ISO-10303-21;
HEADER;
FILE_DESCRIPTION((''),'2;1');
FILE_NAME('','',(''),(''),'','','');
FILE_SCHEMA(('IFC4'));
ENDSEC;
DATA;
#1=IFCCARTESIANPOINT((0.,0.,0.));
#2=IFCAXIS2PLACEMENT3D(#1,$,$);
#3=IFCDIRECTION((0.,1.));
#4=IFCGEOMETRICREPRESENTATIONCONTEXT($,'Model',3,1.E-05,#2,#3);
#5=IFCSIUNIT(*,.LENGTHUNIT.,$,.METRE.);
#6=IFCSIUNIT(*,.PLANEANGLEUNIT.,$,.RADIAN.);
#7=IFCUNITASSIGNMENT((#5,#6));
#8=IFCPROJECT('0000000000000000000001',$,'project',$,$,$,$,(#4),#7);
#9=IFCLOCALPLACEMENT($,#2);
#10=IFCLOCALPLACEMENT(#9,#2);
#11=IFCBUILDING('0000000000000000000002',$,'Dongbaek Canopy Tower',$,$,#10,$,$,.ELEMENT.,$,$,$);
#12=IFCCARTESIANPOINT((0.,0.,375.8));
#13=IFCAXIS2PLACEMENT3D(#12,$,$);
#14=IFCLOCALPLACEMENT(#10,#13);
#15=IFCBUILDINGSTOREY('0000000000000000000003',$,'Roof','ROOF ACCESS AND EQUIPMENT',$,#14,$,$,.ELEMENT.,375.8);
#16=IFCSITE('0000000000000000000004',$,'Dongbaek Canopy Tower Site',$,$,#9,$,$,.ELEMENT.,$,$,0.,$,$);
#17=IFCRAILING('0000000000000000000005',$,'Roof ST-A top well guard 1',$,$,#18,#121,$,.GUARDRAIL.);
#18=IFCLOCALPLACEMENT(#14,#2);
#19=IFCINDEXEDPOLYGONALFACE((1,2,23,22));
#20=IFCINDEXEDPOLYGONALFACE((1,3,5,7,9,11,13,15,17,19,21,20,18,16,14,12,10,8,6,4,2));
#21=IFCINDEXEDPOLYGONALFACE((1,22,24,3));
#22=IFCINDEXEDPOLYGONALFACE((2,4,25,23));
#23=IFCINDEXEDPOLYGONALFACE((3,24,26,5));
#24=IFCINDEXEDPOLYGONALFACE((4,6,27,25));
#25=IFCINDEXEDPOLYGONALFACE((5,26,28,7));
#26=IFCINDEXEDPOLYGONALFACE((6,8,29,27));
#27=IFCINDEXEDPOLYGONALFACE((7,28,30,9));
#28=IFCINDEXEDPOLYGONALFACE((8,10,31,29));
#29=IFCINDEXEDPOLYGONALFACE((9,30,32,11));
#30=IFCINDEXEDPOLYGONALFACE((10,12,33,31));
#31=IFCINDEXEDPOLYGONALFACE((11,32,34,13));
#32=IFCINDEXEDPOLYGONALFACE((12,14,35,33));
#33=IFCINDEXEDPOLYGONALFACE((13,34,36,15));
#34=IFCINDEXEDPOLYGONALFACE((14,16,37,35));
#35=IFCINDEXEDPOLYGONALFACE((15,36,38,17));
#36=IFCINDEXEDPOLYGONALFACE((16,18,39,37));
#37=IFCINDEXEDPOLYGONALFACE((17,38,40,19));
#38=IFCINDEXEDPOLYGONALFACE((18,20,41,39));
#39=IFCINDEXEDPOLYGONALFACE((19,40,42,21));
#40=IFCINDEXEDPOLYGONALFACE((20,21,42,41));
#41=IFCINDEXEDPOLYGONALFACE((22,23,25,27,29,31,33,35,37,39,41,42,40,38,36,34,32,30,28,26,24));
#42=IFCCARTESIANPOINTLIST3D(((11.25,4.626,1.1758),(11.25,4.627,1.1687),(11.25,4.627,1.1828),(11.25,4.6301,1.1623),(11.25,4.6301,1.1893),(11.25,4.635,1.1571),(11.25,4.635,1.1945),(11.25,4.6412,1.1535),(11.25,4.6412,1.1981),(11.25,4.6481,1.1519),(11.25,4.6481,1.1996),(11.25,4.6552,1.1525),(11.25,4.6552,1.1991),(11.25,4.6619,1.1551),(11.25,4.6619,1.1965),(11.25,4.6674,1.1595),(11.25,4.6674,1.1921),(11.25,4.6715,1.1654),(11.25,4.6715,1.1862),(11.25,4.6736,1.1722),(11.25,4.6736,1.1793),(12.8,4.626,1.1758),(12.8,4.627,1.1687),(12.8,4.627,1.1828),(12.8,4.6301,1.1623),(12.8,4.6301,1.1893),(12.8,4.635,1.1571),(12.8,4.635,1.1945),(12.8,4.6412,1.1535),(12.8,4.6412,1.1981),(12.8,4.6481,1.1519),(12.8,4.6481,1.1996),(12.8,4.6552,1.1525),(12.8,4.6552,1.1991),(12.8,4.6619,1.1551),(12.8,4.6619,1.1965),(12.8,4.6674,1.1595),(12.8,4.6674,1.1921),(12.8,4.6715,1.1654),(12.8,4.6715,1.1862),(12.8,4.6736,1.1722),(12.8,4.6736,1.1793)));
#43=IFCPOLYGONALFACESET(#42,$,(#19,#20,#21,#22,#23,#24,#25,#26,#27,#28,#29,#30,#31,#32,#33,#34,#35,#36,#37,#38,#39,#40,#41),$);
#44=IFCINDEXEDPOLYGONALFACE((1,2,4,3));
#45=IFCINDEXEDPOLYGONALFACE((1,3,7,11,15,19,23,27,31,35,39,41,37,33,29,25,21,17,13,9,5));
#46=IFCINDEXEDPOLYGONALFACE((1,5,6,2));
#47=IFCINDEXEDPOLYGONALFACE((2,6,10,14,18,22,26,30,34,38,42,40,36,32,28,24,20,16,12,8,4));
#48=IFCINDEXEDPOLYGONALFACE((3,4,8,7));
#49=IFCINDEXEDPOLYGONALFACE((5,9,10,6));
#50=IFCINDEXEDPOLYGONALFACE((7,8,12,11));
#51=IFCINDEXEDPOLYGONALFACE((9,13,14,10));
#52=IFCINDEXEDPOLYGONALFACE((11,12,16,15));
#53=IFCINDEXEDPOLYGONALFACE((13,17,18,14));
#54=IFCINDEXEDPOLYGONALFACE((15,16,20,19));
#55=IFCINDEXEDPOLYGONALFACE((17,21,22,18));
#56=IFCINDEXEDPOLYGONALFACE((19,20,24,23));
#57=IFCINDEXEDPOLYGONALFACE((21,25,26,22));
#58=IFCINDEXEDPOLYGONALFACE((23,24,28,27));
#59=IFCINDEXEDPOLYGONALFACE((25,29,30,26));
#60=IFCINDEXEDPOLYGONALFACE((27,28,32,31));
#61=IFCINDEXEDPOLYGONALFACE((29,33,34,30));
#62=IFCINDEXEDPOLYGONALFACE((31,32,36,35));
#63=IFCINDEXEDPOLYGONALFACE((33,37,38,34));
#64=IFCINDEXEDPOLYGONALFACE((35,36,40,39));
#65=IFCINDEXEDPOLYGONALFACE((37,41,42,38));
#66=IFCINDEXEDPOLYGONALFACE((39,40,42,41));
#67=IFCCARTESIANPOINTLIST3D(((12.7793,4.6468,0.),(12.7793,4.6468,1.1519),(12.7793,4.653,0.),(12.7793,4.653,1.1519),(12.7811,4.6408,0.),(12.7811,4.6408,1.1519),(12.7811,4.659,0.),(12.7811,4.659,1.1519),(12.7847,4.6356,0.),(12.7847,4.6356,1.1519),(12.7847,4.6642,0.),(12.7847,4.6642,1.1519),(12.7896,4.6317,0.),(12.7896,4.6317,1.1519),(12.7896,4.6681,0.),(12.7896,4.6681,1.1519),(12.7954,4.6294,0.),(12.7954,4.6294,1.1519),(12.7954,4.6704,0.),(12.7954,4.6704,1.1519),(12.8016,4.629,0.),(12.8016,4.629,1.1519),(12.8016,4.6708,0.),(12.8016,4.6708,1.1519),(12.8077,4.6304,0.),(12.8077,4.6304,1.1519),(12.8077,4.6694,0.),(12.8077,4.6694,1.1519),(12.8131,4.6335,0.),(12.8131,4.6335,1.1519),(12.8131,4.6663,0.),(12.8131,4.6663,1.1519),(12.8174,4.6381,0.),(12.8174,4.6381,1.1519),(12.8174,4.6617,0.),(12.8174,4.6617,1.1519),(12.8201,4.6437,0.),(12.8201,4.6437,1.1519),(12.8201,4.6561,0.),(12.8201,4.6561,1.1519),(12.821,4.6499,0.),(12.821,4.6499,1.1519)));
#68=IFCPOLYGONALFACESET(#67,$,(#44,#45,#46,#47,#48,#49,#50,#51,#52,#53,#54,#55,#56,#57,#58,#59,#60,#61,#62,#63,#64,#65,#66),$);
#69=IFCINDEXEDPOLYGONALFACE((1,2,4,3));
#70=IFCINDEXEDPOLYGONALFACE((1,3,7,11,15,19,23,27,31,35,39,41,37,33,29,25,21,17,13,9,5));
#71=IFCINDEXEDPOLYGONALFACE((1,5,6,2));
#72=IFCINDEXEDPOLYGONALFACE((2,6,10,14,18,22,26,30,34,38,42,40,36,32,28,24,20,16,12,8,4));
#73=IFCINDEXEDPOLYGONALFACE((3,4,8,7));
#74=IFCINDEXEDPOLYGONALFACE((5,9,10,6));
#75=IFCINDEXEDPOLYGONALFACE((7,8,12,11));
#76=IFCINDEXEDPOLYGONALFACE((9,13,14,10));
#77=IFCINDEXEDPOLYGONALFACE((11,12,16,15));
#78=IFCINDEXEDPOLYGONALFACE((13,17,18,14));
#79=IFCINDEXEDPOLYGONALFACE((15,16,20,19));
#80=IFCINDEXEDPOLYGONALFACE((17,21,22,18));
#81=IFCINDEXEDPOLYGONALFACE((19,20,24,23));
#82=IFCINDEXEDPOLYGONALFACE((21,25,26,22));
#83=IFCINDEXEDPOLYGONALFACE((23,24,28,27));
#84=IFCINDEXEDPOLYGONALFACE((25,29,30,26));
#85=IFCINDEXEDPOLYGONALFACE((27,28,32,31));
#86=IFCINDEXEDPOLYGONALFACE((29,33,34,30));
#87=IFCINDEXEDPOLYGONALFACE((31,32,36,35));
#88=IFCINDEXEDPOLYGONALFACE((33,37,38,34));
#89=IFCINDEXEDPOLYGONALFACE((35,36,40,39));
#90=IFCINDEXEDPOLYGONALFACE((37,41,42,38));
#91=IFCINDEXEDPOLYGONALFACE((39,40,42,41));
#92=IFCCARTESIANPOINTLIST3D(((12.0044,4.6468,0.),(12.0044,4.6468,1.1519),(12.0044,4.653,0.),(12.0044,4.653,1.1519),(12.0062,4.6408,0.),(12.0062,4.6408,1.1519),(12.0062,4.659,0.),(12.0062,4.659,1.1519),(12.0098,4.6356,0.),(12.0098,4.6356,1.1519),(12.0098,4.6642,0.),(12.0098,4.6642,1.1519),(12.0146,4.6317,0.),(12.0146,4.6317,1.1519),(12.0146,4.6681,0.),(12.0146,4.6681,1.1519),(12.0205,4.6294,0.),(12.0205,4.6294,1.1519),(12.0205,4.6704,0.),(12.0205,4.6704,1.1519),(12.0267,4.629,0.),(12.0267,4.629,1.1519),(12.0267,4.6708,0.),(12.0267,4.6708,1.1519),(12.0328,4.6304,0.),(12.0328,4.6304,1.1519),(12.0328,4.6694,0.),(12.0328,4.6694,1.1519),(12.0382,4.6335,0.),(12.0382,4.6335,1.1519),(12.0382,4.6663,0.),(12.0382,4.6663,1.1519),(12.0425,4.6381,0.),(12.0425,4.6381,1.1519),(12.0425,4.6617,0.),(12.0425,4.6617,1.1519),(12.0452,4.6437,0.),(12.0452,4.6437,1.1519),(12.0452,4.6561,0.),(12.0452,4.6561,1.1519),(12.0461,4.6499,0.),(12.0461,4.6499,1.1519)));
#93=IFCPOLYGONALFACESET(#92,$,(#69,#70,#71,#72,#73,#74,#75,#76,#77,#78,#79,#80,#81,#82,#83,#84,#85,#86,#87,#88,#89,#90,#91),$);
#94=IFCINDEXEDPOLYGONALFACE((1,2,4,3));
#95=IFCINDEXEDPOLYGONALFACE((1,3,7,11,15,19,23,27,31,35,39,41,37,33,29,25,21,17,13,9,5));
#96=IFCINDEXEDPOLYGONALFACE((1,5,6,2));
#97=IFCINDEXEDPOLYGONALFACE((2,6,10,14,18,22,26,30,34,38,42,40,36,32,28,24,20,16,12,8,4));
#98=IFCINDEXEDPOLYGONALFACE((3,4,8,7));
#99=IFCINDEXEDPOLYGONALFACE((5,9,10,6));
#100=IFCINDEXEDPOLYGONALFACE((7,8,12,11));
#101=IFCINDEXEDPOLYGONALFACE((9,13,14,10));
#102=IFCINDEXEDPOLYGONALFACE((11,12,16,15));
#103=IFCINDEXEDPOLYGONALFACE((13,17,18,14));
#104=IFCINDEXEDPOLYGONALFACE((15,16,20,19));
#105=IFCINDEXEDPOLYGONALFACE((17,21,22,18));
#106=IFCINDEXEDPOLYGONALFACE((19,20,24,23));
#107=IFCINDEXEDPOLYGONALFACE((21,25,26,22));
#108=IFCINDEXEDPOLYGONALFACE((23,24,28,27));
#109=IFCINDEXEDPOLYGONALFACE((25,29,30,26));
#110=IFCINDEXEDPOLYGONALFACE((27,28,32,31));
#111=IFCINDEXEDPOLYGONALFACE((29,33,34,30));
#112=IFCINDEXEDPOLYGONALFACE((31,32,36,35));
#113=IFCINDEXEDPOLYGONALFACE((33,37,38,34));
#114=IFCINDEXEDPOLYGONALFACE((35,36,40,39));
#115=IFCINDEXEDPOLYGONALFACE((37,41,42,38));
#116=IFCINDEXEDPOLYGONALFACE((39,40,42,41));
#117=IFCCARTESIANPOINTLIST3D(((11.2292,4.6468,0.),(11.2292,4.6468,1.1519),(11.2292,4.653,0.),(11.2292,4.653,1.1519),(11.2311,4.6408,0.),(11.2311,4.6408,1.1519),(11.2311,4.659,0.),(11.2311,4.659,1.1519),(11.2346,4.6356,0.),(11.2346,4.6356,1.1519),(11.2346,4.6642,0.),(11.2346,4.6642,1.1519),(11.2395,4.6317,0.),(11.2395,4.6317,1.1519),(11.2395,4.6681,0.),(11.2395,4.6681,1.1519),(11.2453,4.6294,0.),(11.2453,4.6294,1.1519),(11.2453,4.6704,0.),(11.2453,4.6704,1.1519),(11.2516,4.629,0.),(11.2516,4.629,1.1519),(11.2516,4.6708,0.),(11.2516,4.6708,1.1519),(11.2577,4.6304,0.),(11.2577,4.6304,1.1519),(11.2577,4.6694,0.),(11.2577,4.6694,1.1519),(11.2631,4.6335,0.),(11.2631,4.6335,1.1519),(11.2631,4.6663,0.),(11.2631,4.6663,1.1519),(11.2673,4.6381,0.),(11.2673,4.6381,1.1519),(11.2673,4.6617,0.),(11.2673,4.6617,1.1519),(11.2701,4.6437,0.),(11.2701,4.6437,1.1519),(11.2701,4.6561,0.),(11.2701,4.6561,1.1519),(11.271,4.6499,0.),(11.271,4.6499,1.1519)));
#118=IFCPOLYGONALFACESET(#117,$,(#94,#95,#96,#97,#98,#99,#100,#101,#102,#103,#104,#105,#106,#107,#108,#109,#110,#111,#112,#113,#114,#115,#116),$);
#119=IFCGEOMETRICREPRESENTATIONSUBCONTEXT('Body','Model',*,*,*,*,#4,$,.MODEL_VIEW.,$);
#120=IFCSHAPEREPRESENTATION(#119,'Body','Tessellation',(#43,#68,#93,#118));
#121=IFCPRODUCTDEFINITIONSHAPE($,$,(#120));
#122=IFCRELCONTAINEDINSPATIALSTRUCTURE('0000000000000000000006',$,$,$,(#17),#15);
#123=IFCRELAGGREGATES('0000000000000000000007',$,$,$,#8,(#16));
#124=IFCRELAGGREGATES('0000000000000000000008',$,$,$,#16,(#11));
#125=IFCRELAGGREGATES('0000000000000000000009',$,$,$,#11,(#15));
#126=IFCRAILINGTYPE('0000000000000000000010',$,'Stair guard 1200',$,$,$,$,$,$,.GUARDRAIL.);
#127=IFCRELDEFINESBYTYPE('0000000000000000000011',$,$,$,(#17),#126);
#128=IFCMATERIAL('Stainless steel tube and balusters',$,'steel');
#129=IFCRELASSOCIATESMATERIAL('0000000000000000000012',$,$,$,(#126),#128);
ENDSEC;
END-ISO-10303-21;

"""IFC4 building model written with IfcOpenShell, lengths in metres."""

from ifc_helpers import new_model, si_unit, direction, frame, origin, origin_2d, place, context, subcontext, project, spatial, circle, extrude, material, type_object, element, save


model = new_model("IFC4")

# Units and contexts
model_context = context("Model", 3, precision=1e-05, world=origin(), true_north=direction((0.0, 1.0)))
body_context = subcontext(model_context, "Body", "Model", "MODEL_VIEW")
ifc_project = project(units=[si_unit("LENGTHUNIT", "METRE"), si_unit("PLANEANGLEUNIT", "RADIAN")], contexts=[model_context])

# Site, building, storey
site_placement = place(None, origin())
site = spatial("IfcSite", under=ifc_project, at=site_placement, Name="Dongbaek Canopy Tower Site", CompositionType="ELEMENT", RefElevation=0.0)
building_placement = place(site_placement, origin())
building = spatial("IfcBuilding", under=site, at=building_placement, Name="Dongbaek Canopy Tower", CompositionType="ELEMENT")
storey_placement = place(building_placement, frame((0.0, 0.0, 375.8)))
storey = spatial("IfcBuildingStorey", under=building, at=storey_placement, Name="Roof", Description="ROOF ACCESS AND EQUIPMENT", CompositionType="ELEMENT", Elevation=375.8)

# Railing
ifc_material_1 = material(Name="Stainless steel tube and balusters", Category="steel")
railing_type = type_object("IfcRailingType", Name="Stair guard 1200", PredefinedType="GUARDRAIL", material=ifc_material_1)
railing_placement = place(storey_placement, frame((12.8, 4.6499, 0.0)))
element("IfcRailing", 1, at=railing_placement, inside=storey, type_object=railing_type, Name="Roof ST-A top well guard 1", PredefinedType="GUARDRAIL", context=body_context, shape_type="SweptSolid", body=[
    extrude(circle(Radius=0.0239, at=origin_2d()), frame((0.0, 0.0, 1.1758), z_axis=(-1.0, 0.0, 0.0), x_axis=(0.0, -1.0, 0.0)), (0.0, 0.0, 1.0), 1.55),
    extrude(circle(Radius=0.021, at=origin_2d()), origin(), (0.0, 0.0, 1.0), 1.1519),
    extrude(circle(Radius=0.021, at=origin_2d()), frame((-0.7749, 0.0, 0.0)), (0.0, 0.0, 1.0), 1.1519),
    extrude(circle(Radius=0.021, at=origin_2d()), frame((-1.55, 0.0, 0.0)), (0.0, 0.0, 1.0), 1.1519),
])

save(model, "model.ifc")
